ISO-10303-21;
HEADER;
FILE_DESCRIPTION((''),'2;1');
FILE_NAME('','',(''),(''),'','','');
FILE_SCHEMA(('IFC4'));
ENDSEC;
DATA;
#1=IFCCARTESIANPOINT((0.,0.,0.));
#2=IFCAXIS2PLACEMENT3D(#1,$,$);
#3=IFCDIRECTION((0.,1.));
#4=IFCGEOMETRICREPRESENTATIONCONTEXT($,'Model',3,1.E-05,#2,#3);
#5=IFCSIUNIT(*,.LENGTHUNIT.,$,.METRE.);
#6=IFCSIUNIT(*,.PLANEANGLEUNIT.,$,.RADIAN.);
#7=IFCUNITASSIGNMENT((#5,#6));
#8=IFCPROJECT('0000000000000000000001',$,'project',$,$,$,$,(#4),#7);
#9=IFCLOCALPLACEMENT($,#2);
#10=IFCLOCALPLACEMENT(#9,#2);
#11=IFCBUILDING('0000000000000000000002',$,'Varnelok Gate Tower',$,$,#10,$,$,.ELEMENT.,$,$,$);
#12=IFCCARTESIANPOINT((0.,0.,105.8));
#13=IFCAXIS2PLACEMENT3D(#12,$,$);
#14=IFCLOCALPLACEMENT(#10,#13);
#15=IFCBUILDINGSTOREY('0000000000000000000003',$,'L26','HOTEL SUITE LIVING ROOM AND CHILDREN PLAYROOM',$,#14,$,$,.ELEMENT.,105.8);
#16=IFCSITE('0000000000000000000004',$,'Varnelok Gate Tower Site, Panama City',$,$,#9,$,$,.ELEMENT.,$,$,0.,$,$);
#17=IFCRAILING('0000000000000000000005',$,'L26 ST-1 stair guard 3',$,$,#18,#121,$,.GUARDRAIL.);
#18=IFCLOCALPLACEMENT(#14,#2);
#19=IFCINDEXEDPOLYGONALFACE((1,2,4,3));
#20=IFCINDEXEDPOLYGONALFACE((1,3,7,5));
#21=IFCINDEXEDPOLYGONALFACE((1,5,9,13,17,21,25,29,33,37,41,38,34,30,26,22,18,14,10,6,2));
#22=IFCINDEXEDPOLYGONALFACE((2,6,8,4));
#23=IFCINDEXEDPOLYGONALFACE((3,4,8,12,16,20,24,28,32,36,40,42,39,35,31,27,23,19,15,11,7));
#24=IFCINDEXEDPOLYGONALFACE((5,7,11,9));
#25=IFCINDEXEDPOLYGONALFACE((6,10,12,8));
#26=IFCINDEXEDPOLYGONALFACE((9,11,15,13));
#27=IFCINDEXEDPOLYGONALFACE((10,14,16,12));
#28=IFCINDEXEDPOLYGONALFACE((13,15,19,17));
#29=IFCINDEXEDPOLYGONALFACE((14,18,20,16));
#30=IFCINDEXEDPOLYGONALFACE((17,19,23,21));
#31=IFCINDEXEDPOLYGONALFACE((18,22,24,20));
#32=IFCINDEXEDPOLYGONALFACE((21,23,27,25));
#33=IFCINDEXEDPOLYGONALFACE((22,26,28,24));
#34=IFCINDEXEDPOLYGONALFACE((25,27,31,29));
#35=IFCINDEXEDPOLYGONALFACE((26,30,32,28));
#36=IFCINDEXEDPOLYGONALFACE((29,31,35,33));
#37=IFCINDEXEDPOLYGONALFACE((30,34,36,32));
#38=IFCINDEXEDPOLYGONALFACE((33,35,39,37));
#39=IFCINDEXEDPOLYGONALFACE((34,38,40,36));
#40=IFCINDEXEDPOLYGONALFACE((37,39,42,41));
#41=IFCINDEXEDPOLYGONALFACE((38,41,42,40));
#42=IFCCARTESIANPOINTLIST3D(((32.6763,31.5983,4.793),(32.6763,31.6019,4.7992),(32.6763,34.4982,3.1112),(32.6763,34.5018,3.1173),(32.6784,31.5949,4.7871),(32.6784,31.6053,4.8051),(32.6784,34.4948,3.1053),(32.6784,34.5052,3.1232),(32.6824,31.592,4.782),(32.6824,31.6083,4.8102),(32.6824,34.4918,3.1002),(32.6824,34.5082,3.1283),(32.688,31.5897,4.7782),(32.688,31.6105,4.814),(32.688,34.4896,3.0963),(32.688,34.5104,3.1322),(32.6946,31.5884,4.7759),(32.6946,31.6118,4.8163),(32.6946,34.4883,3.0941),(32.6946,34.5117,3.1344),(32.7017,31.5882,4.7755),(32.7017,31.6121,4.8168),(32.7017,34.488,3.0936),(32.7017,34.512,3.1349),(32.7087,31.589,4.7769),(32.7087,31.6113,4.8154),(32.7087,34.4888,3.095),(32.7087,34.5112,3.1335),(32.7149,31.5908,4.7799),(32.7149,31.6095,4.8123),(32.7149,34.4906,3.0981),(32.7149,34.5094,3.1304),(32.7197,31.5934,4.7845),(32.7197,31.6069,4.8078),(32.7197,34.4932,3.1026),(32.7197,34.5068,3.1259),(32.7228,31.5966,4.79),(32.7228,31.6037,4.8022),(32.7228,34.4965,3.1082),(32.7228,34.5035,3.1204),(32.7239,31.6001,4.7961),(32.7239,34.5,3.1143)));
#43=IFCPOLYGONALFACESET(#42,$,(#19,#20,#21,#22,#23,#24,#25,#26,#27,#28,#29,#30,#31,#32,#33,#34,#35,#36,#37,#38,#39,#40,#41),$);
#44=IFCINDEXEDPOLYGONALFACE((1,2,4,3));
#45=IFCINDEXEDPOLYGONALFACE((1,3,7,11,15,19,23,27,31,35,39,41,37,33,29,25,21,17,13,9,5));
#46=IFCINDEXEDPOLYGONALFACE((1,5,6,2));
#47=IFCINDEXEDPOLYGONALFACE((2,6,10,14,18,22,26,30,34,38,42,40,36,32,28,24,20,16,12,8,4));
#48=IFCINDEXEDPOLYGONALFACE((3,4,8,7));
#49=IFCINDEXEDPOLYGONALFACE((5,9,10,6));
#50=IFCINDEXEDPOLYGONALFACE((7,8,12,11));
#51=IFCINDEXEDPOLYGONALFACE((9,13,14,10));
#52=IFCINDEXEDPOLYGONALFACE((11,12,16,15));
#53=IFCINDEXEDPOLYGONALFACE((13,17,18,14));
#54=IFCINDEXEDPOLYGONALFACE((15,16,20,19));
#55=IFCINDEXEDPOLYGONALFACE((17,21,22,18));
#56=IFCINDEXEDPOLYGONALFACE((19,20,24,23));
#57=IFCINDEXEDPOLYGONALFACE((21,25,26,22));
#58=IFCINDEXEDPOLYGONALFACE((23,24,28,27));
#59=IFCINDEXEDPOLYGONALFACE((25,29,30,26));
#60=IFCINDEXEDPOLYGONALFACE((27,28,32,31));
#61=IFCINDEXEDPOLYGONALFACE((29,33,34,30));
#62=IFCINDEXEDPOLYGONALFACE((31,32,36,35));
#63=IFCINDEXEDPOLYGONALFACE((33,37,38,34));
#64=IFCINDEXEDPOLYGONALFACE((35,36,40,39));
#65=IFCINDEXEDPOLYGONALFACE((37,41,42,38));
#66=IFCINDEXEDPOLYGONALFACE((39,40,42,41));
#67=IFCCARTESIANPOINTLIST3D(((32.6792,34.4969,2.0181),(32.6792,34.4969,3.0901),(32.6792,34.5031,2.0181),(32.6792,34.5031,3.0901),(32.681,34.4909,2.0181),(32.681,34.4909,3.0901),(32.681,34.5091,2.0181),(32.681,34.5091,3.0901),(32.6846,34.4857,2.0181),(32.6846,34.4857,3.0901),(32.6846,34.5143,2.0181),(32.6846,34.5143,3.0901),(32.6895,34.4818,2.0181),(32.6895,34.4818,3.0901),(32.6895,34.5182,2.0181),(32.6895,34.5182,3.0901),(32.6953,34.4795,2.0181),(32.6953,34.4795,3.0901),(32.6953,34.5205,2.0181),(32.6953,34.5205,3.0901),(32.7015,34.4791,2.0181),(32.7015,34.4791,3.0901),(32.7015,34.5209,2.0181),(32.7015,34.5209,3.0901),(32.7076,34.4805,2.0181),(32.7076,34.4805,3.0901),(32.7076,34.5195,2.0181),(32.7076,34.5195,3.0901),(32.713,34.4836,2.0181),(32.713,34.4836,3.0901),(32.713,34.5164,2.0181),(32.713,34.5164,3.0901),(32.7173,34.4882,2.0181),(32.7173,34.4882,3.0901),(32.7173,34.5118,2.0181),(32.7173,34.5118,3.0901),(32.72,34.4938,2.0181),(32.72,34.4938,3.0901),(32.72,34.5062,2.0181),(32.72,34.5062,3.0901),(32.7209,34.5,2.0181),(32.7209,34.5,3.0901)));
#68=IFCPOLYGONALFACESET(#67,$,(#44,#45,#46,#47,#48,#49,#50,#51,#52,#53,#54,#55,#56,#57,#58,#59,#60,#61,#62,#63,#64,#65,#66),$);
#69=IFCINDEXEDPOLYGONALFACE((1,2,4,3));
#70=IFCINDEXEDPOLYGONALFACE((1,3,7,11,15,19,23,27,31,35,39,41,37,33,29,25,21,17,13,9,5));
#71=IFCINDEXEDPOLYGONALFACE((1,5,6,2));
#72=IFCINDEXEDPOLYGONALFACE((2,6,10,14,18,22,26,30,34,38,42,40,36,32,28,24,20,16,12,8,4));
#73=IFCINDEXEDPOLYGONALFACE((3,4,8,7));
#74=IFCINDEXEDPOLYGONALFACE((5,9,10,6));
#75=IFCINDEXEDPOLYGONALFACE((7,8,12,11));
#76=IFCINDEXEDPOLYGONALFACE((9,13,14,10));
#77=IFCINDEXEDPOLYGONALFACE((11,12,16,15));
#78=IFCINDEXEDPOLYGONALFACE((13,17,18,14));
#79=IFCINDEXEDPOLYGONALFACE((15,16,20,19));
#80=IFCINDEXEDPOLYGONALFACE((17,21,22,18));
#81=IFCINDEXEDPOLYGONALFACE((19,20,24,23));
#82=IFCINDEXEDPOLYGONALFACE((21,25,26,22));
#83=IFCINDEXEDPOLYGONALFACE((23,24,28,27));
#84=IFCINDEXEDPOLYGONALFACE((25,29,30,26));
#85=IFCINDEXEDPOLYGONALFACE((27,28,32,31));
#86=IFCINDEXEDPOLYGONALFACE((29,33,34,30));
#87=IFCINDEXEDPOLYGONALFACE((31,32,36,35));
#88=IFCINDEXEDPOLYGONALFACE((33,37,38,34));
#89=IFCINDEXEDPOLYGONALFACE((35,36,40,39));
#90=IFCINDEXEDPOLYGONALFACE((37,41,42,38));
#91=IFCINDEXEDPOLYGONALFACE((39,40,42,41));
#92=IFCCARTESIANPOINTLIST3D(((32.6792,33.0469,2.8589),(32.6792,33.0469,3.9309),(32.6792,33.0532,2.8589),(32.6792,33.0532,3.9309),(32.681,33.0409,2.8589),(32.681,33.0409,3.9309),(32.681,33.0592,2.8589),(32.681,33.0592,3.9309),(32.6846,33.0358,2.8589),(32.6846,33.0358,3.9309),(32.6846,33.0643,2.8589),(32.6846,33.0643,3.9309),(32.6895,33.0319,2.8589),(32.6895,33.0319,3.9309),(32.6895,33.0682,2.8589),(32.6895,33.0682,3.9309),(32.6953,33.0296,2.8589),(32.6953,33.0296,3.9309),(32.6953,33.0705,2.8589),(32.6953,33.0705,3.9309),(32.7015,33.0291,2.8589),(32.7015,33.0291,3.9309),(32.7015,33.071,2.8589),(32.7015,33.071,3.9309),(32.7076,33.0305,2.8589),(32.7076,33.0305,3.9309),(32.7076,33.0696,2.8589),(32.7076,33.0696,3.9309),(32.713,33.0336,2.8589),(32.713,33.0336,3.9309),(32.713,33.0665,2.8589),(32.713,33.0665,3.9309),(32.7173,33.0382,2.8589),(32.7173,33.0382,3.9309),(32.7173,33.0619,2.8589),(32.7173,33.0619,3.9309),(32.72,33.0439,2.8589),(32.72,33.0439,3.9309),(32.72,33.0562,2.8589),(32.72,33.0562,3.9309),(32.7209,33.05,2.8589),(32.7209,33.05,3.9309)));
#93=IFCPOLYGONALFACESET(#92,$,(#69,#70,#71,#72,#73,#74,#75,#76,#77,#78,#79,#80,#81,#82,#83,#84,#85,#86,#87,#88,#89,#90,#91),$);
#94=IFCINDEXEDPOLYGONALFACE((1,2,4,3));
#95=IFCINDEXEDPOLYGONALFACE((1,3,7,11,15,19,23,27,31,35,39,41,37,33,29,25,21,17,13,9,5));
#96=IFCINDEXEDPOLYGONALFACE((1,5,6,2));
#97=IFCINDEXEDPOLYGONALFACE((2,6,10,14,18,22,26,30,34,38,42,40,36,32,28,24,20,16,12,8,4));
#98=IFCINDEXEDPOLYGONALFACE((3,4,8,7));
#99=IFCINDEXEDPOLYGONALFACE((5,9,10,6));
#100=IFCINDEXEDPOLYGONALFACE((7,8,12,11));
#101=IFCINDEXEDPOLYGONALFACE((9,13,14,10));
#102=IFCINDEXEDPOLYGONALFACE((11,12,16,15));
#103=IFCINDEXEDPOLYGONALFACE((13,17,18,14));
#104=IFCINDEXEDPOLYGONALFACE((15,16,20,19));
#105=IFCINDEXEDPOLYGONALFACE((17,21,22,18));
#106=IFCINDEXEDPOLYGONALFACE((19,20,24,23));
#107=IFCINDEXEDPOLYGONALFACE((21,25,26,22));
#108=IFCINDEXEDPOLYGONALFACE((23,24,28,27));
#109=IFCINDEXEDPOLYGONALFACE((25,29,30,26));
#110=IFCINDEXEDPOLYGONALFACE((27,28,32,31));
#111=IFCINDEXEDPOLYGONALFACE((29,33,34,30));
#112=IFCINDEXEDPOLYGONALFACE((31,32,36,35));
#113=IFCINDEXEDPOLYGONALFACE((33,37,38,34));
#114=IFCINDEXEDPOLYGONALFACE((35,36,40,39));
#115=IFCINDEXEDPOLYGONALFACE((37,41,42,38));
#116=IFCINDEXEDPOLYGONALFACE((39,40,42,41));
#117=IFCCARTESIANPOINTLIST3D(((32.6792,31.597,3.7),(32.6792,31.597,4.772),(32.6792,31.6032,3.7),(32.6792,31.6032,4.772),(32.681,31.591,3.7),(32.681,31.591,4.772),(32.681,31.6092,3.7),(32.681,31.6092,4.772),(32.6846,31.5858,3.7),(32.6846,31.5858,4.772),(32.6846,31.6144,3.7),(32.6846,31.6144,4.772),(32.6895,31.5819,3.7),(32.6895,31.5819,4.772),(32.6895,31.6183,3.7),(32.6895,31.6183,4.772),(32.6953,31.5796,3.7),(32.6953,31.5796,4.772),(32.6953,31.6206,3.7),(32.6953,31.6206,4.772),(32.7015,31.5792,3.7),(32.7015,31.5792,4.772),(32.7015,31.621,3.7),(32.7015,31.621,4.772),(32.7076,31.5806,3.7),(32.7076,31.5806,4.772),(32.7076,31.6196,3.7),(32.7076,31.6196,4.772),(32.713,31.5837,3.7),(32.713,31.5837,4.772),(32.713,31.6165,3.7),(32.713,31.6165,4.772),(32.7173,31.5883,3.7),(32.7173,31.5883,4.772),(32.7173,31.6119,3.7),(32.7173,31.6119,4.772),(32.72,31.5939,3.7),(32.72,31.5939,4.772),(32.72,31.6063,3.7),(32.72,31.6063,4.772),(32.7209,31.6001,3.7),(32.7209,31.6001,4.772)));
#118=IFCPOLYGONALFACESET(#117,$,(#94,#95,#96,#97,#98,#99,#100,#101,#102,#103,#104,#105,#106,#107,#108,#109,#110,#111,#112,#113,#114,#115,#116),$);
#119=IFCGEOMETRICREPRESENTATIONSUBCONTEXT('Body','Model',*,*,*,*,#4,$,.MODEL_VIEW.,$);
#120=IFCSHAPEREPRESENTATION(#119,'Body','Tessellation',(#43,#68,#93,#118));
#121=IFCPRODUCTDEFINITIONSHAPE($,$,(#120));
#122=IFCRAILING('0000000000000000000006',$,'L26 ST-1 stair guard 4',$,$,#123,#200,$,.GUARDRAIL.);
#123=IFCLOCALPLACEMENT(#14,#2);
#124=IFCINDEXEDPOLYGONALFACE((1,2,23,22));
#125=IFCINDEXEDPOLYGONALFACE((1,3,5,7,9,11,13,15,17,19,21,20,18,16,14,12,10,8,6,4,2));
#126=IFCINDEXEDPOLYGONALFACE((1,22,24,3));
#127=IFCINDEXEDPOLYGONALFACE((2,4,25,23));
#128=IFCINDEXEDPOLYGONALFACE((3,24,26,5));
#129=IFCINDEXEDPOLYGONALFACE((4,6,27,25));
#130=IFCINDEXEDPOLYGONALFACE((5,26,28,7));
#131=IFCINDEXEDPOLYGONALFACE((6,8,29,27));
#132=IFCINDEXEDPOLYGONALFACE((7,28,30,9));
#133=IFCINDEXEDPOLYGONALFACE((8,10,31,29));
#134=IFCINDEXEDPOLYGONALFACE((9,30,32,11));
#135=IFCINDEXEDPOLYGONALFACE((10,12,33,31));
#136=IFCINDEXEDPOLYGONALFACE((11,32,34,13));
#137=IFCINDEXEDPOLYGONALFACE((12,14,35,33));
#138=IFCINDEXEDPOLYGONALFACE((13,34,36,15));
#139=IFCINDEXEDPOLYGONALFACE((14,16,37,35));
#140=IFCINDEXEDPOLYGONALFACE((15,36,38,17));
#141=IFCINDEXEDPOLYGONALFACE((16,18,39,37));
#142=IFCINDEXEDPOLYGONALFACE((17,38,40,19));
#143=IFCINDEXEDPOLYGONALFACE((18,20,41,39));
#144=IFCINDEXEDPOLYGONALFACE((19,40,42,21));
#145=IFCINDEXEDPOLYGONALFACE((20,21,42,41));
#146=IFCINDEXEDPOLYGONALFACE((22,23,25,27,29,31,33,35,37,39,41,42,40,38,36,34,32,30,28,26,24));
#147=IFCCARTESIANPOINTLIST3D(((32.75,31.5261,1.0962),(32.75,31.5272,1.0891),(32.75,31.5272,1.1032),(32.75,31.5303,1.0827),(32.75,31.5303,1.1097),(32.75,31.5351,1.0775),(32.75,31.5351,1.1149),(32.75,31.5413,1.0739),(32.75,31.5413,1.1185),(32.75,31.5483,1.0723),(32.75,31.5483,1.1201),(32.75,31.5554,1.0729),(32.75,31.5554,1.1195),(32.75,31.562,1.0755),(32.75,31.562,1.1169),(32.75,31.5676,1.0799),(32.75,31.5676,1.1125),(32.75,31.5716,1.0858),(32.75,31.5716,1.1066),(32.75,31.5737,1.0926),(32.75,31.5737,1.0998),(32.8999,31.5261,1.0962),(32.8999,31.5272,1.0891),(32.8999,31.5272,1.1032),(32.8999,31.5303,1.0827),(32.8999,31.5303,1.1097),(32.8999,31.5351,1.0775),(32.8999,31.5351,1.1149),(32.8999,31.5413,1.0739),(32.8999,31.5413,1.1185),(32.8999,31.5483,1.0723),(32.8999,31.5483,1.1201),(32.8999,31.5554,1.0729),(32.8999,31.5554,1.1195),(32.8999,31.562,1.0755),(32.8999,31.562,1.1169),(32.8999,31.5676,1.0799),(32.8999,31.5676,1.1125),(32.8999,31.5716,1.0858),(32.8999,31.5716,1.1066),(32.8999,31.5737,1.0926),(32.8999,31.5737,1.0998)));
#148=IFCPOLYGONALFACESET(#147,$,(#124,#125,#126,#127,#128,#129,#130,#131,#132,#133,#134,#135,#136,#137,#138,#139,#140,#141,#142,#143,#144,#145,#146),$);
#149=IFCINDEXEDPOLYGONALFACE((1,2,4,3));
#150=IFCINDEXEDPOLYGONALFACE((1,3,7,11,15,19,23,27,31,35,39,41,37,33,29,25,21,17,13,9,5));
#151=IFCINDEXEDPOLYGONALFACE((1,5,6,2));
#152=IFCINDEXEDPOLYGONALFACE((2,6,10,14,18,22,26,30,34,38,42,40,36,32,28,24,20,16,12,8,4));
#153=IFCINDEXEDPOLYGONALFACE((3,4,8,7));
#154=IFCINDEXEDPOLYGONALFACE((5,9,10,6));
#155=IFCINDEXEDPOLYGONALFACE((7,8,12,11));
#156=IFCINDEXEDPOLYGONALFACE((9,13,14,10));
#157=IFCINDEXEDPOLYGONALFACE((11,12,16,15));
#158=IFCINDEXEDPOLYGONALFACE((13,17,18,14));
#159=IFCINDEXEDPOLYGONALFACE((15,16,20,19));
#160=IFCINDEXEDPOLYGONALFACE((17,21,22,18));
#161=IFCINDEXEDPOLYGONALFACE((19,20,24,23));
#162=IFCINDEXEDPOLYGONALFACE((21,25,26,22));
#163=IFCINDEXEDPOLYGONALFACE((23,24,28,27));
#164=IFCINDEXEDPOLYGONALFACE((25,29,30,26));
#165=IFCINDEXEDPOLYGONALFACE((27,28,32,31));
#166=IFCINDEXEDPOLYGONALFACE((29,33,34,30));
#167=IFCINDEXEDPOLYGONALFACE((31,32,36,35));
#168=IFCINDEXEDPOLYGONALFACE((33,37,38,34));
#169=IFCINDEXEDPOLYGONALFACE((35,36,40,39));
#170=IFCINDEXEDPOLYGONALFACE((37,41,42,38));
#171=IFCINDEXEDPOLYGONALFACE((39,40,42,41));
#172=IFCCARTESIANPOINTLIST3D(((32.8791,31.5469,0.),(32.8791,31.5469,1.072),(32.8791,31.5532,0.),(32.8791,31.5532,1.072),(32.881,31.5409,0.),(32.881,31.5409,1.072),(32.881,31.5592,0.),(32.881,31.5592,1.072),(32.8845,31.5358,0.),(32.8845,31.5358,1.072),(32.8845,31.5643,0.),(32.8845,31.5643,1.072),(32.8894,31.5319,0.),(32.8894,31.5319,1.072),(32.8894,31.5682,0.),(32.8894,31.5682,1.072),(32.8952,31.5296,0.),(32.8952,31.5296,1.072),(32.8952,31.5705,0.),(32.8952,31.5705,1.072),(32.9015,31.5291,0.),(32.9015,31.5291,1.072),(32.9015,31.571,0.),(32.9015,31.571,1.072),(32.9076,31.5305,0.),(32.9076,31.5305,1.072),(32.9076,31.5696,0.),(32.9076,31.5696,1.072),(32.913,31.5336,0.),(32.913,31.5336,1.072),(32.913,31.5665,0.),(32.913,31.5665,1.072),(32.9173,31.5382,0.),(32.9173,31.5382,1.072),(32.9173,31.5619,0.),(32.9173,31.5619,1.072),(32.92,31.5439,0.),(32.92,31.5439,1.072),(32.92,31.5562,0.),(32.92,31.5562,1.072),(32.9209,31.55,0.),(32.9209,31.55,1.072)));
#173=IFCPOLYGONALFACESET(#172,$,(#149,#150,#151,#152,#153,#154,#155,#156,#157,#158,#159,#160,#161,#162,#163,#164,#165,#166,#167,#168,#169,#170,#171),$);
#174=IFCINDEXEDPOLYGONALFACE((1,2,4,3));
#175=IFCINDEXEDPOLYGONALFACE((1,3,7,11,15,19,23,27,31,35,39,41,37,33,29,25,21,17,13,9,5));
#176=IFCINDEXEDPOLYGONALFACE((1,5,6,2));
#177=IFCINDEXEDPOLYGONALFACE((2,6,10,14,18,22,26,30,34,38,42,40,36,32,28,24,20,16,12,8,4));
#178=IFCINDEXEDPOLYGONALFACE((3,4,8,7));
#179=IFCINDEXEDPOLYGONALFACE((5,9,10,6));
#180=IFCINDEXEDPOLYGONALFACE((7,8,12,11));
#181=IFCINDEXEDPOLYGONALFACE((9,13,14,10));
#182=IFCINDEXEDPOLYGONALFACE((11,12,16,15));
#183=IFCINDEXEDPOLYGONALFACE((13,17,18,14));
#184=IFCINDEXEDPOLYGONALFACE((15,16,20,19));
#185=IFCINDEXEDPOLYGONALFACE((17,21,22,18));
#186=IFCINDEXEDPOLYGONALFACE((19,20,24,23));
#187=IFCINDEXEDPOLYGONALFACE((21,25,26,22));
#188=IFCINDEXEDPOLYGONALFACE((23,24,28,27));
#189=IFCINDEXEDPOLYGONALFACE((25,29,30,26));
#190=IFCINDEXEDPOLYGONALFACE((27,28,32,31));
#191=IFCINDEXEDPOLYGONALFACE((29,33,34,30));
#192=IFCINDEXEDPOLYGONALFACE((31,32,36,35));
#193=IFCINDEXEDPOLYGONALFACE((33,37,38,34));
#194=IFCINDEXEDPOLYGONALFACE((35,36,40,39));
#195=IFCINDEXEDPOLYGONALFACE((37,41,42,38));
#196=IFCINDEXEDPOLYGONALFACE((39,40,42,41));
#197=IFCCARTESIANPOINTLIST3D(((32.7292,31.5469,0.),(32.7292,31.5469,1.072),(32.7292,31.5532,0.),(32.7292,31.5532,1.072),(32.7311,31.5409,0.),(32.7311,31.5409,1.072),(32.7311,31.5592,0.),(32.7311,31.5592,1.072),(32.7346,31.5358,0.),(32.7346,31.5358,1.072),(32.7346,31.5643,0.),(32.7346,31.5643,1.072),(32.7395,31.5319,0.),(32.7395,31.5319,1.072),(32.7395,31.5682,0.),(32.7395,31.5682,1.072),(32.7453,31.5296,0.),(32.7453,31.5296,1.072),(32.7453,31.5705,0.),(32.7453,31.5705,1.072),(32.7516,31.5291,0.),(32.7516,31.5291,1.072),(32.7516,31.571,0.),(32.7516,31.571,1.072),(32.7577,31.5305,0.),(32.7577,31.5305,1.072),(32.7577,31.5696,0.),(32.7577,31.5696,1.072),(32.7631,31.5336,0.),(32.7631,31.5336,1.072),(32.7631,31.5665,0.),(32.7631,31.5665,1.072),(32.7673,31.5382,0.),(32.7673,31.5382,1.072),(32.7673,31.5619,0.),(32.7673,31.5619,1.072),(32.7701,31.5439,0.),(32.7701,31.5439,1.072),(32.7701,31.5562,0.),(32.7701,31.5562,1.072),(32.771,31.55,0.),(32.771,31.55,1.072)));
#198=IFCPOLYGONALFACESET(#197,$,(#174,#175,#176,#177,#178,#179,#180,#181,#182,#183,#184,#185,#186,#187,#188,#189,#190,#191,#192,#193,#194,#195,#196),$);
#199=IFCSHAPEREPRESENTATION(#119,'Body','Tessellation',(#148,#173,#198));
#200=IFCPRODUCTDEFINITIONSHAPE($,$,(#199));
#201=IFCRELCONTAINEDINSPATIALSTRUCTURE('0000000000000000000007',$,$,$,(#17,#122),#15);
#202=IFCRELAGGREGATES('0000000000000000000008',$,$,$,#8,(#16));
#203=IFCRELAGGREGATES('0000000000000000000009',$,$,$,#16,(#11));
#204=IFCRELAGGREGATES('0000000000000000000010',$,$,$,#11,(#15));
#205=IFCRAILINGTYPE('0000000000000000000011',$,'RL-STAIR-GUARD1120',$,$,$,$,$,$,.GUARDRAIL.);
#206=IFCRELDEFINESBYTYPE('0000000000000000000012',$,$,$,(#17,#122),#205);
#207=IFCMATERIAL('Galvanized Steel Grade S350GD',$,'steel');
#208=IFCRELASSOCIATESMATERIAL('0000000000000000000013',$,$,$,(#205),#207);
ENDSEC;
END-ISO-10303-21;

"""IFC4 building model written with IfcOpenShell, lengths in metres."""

from ifc_helpers import new_model, si_unit, direction, frame, origin, origin_2d, place, context, subcontext, project, spatial, circle, extrude, material, type_object, element, save


model = new_model("IFC4")

# Units and contexts
model_context = context("Model", 3, precision=1e-05, world=origin(), true_north=direction((0.0, 1.0)))
body_context = subcontext(model_context, "Body", "Model", "MODEL_VIEW")
ifc_project = project(units=[si_unit("LENGTHUNIT", "METRE"), si_unit("PLANEANGLEUNIT", "RADIAN")], contexts=[model_context])

# Site, building, storey
site_placement = place(None, origin())
site = spatial("IfcSite", under=ifc_project, at=site_placement, Name="Varnelok Gate Tower Site, Panama City", CompositionType="ELEMENT", RefElevation=0.0)
building_placement = place(site_placement, origin())
building = spatial("IfcBuilding", under=site, at=building_placement, Name="Varnelok Gate Tower", CompositionType="ELEMENT")
storey_placement = place(building_placement, frame((0.0, 0.0, 105.8)))
storey = spatial("IfcBuildingStorey", under=building, at=storey_placement, Name="L26", Description="HOTEL SUITE LIVING ROOM AND CHILDREN PLAYROOM", CompositionType="ELEMENT", Elevation=105.8)

# Shared definitions
ifc_material_1 = material(Name="Galvanized Steel Grade S350GD", Category="steel")

# Railings
railing_type_1 = type_object("IfcRailingType", Name="RL-STAIR-GUARD1120", PredefinedType="GUARDRAIL", material=ifc_material_1)
railing_1_placement = place(storey_placement, frame((32.7, 34.5, 2.0181)))
element("IfcRailing", 1, at=railing_1_placement, inside=storey, type_object=railing_type_1, Name="L26 ST-1 stair guard 3", PredefinedType="GUARDRAIL", context=body_context, shape_type="SweptSolid", body=[
    extrude(circle(Radius=0.0239, at=origin_2d()), frame((0.0, 0.0, 1.0962), z_axis=(0.0, -0.865039, 0.501705), x_axis=(1.0, 0.0, 0.0)), (0.0, 0.0, 1.0), 3.3523),
    extrude(circle(Radius=0.021, at=origin_2d()), origin(), (0.0, 0.0, 1.0), 1.072),
    extrude(circle(Radius=0.021, at=origin_2d()), frame((0.0, -1.45, 0.8408)), (0.0, 0.0, 1.0), 1.072),
    extrude(circle(Radius=0.021, at=origin_2d()), frame((0.0, -2.8999, 1.6819)), (0.0, 0.0, 1.0), 1.072),
])
railing_2_placement = place(storey_placement, frame((32.8999, 31.55, 0.0)))
element("IfcRailing", 2, at=railing_2_placement, inside=storey, type_object=railing_type_1, Name="L26 ST-1 stair guard 4", PredefinedType="GUARDRAIL", context=body_context, shape_type="SweptSolid", body=[
    extrude(circle(Radius=0.0239, at=origin_2d()), frame((0.0, 0.0, 1.0962), z_axis=(-1.0, 0.0, 0.0), x_axis=(0.0, -1.0, 0.0)), (0.0, 0.0, 1.0), 0.1499),
    extrude(circle(Radius=0.021, at=origin_2d()), origin(), (0.0, 0.0, 1.0), 1.072),
    extrude(circle(Radius=0.021, at=origin_2d()), frame((-0.1499, 0.0, 0.0)), (0.0, 0.0, 1.0), 1.072),
])

save(model, "model.ifc")
